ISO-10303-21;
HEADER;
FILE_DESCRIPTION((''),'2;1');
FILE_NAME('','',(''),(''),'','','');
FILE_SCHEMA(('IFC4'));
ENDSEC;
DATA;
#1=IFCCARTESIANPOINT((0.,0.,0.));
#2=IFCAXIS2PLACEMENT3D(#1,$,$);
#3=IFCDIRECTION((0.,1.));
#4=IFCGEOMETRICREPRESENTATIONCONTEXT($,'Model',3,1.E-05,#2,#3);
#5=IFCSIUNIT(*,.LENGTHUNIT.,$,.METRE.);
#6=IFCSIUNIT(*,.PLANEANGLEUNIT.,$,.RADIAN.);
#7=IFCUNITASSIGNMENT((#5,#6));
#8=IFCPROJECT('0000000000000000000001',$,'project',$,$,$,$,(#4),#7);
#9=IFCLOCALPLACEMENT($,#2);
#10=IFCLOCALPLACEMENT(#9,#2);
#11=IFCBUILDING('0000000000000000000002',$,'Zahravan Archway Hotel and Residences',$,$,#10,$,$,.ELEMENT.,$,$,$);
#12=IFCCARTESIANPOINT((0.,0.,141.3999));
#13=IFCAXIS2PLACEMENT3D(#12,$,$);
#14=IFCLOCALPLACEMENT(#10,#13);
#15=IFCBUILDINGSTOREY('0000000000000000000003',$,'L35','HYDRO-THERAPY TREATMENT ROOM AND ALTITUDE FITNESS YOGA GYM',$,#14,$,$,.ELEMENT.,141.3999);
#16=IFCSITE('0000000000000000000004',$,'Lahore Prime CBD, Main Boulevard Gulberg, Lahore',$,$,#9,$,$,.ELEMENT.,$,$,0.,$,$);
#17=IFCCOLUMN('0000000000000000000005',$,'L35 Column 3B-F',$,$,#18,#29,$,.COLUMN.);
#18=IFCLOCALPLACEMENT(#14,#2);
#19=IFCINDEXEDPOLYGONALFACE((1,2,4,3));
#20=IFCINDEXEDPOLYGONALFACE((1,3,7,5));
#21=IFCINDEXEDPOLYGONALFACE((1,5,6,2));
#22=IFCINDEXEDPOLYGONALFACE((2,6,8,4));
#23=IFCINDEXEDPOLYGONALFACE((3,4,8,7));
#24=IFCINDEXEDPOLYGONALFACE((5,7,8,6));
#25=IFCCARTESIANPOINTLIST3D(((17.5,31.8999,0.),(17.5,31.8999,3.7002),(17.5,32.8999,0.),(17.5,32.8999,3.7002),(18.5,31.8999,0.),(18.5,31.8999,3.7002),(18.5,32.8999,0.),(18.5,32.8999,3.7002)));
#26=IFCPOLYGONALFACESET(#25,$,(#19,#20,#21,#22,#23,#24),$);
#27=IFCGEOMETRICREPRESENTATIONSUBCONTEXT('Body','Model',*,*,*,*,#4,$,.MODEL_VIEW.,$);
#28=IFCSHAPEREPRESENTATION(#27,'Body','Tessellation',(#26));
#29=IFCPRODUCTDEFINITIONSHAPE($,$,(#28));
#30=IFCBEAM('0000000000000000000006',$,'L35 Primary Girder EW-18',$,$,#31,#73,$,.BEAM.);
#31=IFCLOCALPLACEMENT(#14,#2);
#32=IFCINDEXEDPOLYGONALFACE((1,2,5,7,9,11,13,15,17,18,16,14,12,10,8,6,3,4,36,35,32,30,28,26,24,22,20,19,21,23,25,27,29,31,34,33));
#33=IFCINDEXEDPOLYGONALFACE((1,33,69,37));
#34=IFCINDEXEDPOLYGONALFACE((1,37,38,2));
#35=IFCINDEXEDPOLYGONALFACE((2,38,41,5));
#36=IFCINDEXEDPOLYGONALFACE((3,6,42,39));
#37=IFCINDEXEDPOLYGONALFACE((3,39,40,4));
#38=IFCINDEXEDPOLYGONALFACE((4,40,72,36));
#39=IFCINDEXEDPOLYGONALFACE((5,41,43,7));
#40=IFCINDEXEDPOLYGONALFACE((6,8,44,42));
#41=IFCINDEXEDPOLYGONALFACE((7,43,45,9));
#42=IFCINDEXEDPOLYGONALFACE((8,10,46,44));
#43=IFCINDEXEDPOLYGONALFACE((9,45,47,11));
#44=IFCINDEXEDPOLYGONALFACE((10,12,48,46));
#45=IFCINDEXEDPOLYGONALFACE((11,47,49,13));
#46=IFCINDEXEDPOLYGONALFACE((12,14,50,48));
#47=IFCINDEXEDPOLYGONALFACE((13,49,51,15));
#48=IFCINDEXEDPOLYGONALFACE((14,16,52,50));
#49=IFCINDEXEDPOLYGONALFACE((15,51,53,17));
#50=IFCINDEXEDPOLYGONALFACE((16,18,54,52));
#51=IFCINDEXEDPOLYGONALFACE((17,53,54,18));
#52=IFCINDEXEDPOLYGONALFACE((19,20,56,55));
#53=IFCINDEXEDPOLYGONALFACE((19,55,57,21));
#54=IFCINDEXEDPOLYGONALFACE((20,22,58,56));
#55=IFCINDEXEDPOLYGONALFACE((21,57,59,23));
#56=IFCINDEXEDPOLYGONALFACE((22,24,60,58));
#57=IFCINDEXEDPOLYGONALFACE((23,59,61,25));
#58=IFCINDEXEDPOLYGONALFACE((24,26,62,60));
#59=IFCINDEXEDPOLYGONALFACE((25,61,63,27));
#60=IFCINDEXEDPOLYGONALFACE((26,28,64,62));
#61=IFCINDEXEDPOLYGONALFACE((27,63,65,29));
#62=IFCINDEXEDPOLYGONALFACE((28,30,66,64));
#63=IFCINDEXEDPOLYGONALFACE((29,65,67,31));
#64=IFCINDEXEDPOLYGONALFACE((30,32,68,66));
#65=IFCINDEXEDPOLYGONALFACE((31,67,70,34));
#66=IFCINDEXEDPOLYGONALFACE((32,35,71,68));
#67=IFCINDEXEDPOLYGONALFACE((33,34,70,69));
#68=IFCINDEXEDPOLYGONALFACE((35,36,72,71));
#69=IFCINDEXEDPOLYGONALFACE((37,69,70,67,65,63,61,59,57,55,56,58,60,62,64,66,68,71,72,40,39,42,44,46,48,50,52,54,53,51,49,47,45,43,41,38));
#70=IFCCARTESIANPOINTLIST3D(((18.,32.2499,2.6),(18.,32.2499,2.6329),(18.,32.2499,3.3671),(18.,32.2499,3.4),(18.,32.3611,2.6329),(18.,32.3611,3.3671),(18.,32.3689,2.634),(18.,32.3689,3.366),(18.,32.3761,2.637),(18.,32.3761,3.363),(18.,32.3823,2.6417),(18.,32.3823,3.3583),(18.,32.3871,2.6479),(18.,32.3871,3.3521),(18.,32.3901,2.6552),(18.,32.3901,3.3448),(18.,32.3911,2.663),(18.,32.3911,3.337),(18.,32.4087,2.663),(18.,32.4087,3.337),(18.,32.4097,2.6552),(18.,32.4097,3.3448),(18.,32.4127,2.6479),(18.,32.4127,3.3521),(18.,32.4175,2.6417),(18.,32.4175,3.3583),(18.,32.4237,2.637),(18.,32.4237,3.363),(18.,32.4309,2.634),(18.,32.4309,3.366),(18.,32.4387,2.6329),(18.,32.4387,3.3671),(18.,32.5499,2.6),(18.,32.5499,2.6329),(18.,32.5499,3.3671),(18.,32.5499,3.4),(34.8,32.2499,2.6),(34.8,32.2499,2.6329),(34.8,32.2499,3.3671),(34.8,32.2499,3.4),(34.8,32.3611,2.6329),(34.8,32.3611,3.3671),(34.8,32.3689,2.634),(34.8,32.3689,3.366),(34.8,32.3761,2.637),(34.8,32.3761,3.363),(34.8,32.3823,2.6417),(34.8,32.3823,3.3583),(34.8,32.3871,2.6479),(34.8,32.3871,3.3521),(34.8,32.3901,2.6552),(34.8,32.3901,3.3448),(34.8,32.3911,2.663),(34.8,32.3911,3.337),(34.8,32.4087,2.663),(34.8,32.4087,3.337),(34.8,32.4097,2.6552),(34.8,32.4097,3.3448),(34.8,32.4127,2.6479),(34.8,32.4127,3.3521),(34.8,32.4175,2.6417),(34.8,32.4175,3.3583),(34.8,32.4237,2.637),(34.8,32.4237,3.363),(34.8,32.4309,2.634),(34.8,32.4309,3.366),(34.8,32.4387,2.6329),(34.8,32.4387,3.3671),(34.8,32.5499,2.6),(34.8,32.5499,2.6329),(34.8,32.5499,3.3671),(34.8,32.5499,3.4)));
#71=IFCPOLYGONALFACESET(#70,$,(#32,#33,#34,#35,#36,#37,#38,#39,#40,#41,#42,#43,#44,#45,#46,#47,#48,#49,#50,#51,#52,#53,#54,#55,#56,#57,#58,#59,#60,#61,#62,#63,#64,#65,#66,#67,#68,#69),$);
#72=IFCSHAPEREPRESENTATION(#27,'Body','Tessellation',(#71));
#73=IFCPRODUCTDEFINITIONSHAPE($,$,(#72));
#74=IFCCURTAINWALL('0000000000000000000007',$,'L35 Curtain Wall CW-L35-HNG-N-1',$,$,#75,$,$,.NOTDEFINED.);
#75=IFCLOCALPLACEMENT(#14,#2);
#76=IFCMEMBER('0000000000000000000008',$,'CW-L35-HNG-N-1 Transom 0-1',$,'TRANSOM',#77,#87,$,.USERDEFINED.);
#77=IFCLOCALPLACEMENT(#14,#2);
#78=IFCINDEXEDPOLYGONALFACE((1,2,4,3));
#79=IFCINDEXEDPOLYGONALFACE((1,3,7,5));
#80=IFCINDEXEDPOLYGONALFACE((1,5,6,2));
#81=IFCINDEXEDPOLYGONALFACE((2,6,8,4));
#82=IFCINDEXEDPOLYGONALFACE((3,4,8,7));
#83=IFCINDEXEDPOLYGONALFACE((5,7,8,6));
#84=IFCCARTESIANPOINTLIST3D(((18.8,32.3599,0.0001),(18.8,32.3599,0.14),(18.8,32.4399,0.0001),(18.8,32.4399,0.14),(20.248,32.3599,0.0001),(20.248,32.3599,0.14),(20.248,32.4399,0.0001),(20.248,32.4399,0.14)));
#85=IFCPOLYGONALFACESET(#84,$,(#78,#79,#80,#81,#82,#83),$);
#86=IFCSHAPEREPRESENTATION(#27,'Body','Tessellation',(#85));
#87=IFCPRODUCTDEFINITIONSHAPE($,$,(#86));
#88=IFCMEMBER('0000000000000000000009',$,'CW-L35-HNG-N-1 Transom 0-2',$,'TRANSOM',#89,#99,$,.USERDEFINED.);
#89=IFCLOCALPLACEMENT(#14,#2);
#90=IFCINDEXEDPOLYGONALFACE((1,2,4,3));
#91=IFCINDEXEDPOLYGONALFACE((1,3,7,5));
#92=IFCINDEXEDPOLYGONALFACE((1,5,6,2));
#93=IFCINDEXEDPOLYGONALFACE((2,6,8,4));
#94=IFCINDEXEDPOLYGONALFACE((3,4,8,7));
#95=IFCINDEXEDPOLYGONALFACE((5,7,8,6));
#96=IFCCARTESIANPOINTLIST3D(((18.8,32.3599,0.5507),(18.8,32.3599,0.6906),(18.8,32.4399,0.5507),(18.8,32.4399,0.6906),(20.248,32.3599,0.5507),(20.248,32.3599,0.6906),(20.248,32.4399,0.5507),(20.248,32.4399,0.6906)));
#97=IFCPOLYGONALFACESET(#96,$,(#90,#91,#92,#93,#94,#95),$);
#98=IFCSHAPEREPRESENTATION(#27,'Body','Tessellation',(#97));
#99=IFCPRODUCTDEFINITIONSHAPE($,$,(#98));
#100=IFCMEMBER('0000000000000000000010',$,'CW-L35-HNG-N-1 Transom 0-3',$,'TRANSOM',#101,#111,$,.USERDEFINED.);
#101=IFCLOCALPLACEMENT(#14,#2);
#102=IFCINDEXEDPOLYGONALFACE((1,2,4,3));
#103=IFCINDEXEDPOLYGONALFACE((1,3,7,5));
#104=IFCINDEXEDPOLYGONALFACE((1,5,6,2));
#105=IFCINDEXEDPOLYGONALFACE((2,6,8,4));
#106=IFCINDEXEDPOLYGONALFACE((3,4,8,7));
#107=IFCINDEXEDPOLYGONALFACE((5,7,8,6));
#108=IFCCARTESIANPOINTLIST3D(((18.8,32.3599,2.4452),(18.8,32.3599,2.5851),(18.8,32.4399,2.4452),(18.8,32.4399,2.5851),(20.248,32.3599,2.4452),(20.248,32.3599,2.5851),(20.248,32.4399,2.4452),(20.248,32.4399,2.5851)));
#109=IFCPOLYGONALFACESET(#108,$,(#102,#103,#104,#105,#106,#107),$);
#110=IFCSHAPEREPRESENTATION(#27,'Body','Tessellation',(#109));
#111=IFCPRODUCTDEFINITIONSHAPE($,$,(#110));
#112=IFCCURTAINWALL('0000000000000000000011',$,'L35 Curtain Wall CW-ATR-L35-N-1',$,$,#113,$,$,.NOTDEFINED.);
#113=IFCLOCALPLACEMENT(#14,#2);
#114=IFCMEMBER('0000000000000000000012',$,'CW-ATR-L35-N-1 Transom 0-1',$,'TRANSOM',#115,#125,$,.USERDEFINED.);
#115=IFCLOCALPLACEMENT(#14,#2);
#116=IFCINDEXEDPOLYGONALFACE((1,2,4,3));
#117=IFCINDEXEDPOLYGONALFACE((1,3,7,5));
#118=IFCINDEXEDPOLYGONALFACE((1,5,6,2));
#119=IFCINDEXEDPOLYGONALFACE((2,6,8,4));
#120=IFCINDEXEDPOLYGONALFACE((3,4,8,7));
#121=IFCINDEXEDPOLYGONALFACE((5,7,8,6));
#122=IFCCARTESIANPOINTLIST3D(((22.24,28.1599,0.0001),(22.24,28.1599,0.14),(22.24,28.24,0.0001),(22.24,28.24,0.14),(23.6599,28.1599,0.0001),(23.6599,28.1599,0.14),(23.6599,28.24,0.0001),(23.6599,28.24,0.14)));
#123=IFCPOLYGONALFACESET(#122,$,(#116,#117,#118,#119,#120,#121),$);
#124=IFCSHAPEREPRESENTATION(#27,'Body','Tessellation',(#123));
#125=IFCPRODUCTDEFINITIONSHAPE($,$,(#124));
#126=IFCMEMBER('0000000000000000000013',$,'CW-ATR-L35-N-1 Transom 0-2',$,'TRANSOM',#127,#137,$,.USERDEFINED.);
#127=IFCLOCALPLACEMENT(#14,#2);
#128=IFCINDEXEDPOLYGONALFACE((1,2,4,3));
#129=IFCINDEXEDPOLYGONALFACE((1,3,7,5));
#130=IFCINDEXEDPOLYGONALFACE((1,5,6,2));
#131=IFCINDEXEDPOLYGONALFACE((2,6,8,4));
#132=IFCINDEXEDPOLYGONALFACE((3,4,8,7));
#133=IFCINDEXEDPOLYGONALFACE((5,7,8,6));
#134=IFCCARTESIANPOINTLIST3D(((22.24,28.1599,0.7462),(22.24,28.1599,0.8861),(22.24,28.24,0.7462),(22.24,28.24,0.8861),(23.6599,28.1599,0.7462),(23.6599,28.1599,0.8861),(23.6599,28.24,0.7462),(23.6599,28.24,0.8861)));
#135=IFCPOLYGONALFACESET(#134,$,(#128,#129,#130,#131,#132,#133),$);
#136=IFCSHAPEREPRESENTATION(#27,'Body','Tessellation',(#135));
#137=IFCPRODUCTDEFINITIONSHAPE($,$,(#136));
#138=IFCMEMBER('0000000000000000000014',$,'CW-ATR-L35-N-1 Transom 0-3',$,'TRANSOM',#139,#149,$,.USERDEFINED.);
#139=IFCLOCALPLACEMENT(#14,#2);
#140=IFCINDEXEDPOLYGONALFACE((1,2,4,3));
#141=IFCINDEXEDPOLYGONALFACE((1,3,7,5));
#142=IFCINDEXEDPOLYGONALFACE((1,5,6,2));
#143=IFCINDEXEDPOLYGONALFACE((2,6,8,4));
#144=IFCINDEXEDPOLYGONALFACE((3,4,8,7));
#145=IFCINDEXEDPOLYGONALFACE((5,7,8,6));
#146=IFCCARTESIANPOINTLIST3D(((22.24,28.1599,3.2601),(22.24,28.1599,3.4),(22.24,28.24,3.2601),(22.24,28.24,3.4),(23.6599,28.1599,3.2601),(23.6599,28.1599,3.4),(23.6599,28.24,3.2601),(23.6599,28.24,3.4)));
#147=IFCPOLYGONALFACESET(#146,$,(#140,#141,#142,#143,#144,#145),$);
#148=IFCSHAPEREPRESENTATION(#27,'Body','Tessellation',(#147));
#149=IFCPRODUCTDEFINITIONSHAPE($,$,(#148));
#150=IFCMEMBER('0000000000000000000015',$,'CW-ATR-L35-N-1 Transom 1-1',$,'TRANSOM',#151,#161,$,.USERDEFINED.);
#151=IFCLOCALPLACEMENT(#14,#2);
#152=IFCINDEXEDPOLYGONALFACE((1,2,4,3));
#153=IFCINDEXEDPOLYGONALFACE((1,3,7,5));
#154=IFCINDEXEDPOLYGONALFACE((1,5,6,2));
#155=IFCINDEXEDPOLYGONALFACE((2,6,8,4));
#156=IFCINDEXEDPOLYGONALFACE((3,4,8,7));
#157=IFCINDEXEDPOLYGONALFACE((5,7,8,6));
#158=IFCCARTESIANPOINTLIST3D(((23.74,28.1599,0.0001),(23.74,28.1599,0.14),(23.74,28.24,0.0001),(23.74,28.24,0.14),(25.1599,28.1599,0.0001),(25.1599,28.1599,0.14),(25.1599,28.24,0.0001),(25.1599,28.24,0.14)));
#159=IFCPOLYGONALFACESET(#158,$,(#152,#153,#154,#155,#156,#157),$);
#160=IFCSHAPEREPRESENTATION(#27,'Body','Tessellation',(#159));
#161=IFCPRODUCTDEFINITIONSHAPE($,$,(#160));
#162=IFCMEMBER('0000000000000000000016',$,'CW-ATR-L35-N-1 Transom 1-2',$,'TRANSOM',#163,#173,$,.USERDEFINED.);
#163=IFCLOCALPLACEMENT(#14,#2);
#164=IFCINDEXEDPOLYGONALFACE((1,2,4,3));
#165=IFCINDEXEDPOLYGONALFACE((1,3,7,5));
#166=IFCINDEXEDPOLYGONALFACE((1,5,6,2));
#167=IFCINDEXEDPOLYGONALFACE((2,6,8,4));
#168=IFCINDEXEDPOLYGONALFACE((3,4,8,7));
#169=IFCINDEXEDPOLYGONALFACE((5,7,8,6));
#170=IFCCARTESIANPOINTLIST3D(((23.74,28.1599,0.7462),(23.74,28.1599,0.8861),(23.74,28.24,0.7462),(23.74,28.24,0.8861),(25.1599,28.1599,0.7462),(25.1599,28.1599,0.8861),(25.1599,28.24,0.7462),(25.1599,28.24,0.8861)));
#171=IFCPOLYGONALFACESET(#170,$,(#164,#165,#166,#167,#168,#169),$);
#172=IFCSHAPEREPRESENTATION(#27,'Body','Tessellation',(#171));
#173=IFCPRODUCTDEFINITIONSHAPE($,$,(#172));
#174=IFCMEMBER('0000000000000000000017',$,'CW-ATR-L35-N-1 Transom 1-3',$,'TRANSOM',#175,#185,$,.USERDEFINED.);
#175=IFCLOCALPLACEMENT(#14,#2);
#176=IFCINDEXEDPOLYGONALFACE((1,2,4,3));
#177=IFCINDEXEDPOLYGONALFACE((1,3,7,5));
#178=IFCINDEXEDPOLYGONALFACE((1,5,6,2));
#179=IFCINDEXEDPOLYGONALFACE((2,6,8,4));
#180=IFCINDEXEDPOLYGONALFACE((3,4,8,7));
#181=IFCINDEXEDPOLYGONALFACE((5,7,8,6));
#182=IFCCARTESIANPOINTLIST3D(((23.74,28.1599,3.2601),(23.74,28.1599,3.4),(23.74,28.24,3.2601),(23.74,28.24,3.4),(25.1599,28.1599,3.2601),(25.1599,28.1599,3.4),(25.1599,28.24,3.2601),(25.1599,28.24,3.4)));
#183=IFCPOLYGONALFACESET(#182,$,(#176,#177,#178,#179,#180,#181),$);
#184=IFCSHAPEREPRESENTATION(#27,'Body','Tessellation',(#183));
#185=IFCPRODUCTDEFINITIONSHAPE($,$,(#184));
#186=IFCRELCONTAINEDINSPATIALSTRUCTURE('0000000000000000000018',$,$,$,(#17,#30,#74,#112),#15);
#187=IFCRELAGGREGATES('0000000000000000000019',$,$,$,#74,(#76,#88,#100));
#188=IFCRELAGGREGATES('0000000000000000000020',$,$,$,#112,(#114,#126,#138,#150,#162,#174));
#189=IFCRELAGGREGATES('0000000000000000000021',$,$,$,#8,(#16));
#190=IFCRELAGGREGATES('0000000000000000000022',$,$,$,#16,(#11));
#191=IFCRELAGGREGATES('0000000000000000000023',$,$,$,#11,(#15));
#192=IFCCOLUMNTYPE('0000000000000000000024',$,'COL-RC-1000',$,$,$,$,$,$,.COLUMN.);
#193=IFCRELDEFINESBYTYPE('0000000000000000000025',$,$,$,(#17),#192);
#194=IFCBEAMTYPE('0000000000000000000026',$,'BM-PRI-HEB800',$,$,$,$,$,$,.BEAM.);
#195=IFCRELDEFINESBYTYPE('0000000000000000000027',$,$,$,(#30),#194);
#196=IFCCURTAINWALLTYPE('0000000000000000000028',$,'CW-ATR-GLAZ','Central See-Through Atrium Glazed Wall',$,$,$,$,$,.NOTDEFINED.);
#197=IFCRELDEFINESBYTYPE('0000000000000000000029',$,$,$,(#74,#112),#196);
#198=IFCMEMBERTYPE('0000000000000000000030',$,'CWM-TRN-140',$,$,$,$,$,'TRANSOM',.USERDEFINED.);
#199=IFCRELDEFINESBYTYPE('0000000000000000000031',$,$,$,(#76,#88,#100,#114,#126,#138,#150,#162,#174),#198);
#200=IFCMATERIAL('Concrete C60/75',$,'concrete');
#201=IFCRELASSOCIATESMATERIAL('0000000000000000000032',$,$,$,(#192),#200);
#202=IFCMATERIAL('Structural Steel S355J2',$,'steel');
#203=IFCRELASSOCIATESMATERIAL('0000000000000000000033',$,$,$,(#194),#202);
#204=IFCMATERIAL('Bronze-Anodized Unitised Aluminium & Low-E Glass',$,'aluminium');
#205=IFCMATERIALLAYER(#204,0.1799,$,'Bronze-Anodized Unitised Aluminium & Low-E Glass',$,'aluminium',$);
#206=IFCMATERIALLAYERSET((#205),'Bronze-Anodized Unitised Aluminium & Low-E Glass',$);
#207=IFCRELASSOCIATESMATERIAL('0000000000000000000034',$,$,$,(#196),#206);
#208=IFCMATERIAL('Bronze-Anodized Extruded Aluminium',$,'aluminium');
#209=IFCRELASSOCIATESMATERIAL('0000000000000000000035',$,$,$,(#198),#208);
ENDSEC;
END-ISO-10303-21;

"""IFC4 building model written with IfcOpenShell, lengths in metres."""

from ifc_helpers import new_model, si_unit, direction, frame, origin, origin_2d, place, context, subcontext, project, spatial, rectangle, i_section, extrude, source, transform, mapped, material, layer, layer_set, material_profile, profile_set, type_object, type_shapes, element, aggregate, save


model = new_model("IFC4")

# Units and contexts
model_context = context("Model", 3, precision=1e-05, world=origin(), true_north=direction((0.0, 1.0)))
body_context = subcontext(model_context, "Body", "Model", "MODEL_VIEW")
ifc_project = project(units=[si_unit("LENGTHUNIT", "METRE"), si_unit("PLANEANGLEUNIT", "RADIAN")], contexts=[model_context])

# Site, building, storey
site_placement = place(None, origin())
site = spatial("IfcSite", under=ifc_project, at=site_placement, Name="Lahore Prime CBD, Main Boulevard Gulberg, Lahore", CompositionType="ELEMENT", RefElevation=0.0)
building_placement = place(site_placement, origin())
building = spatial("IfcBuilding", under=site, at=building_placement, Name="Zahravan Archway Hotel and Residences", CompositionType="ELEMENT")
storey_placement = place(building_placement, frame((0.0, 0.0, 141.3999)))
storey = spatial("IfcBuildingStorey", under=building, at=storey_placement, Name="L35", Description="HYDRO-THERAPY TREATMENT ROOM AND ALTITUDE FITNESS YOGA GYM", CompositionType="ELEMENT", Elevation=141.3999)

# Column
ifc_material_1 = material(Name="Concrete C60/75", Category="concrete")
ifc_material_profile_1 = material_profile(ifc_material_1, rectangle(XDim=1.0, YDim=1.0, at=origin_2d()), Name="RC-COL-1000x1000", Category="concrete")
ifc_profile_set_1 = profile_set([ifc_material_profile_1], Name="Concrete C60/75")
column_type = type_object("IfcColumnType", Name="COL-RC-1000", PredefinedType="COLUMN", material=ifc_profile_set_1)
shared_shape_1 = source(origin(), body_context, "Body", "SweptSolid", [
    extrude(rectangle(XDim=1.0, YDim=1.0, at=origin_2d()), origin(), (0.0, 0.0, 1.0), 3.7002),
])
column_placement = place(storey_placement, frame((18.0, 32.3999, 0.0), z_axis=(0.0, 0.0, 1.0), x_axis=(1.0, 0.0, 0.0)))
element("IfcColumn", 1, at=column_placement, inside=storey, type_object=column_type, Name="L35 Column 3B-F", PredefinedType="COLUMN", context=body_context, shape_type="MappedRepresentation", body=[
    mapped(shared_shape_1, transform((0.0, 0.0, 0.0), scale=1.0)),
])

# Beam
ifc_material_2 = material(Name="Structural Steel S355J2", Category="steel")
ifc_material_profile_2 = material_profile(ifc_material_2, i_section(OverallWidth=0.3, OverallDepth=0.8, WebThickness=0.0176, FlangeThickness=0.033, FilletRadius=0.03, at=origin_2d()), Name="HEB 800", Category="steel")
ifc_profile_set_2 = profile_set([ifc_material_profile_2], Name="Structural Steel S355J2")
beam_type = type_object("IfcBeamType", Name="BM-PRI-HEB800", PredefinedType="BEAM", material=ifc_profile_set_2)
shared_shape_2 = source(origin(), body_context, "Body", "SweptSolid", [
    extrude(i_section(OverallWidth=0.3, OverallDepth=0.8, WebThickness=0.0176, FlangeThickness=0.033, FilletRadius=0.03, at=origin_2d()), origin(), (0.0, 0.0, 1.0), 16.8),
])
type_shapes(beam_type, [shared_shape_2])
beam_placement = place(storey_placement, frame((18.0, 32.3999, 3.0), z_axis=(1.0, 0.0, 0.0), x_axis=(0.0, 1.0, 0.0)))
element("IfcBeam", 2, at=beam_placement, inside=storey, type_object=beam_type, Name="L35 Primary Girder EW-18", PredefinedType="BEAM", context=body_context, shape_type="MappedRepresentation", body=[
    mapped(shared_shape_2, transform((0.0, 0.0, 0.0), scale=1.0)),
])

# Curtain walls, members
ifc_material_3 = material(Name="Bronze-Anodized Unitised Aluminium & Low-E Glass", Category="aluminium")
ifc_layer_1 = layer(ifc_material_3, 0.1799, Name="Bronze-Anodized Unitised Aluminium & Low-E Glass", Category="aluminium")
ifc_layer_set_1 = layer_set([ifc_layer_1], Name="Bronze-Anodized Unitised Aluminium & Low-E Glass")
curtain_wall_type = type_object("IfcCurtainWallType", Name="CW-ATR-GLAZ", Description="Central See-Through Atrium Glazed Wall", PredefinedType="NOTDEFINED", material=ifc_layer_set_1)
curtain_wall_1_placement = place(storey_placement, origin())
curtain_wall_1 = element("IfcCurtainWall", 3, at=curtain_wall_1_placement, inside=storey, type_object=curtain_wall_type, Name="L35 Curtain Wall CW-L35-HNG-N-1", PredefinedType="NOTDEFINED")
ifc_material_4 = material(Name="Bronze-Anodized Extruded Aluminium", Category="aluminium")
ifc_material_profile_3 = material_profile(ifc_material_4, rectangle(XDim=0.0801, YDim=0.1399, at=origin_2d()), Name="TRN 80x140", Category="aluminium")
ifc_profile_set_3 = profile_set([ifc_material_profile_3], Name="Bronze-Anodized Extruded Aluminium")
member_type_1 = type_object("IfcMemberType", Name="CWM-TRN-140", ElementType="TRANSOM", PredefinedType="USERDEFINED", material=ifc_profile_set_3)
shared_shape_3 = source(origin(), body_context, "Body", "SweptSolid", [
    extrude(rectangle(XDim=0.0801, YDim=0.1399, at=origin_2d()), origin(), (0.0, 0.0, 1.0), 1.448),
])
member_1_placement = place(storey_placement, frame((18.8, 32.3999, 0.0701), z_axis=(1.0, 0.0, 0.0), x_axis=(0.0, 1.0, 0.0)))
member_1 = element("IfcMember", 4, at=member_1_placement, type_object=member_type_1, Name="CW-L35-HNG-N-1 Transom 0-1", ObjectType="TRANSOM", PredefinedType="USERDEFINED", context=body_context, shape_type="MappedRepresentation", body=[
    mapped(shared_shape_3, transform((0.0, 0.0, 0.0), scale=1.0)),
])
member_2_placement = place(storey_placement, frame((18.8, 32.3999, 0.6206), z_axis=(1.0, 0.0, 0.0), x_axis=(0.0, 1.0, 0.0)))
member_2 = element("IfcMember", 5, at=member_2_placement, type_object=member_type_1, Name="CW-L35-HNG-N-1 Transom 0-2", ObjectType="TRANSOM", PredefinedType="USERDEFINED", context=body_context, shape_type="MappedRepresentation", body=[
    mapped(shared_shape_3, transform((0.0, 0.0, 0.0), scale=1.0)),
])
member_3_placement = place(storey_placement, frame((18.8, 32.3999, 2.5151), z_axis=(1.0, 0.0, 0.0), x_axis=(0.0, 1.0, 0.0)))
member_3 = element("IfcMember", 6, at=member_3_placement, type_object=member_type_1, Name="CW-L35-HNG-N-1 Transom 0-3", ObjectType="TRANSOM", PredefinedType="USERDEFINED", context=body_context, shape_type="MappedRepresentation", body=[
    mapped(shared_shape_3, transform((0.0, 0.0, 0.0), scale=1.0)),
])
curtain_wall_2_placement = place(storey_placement, origin())
curtain_wall_2 = element("IfcCurtainWall", 7, at=curtain_wall_2_placement, inside=storey, type_object=curtain_wall_type, Name="L35 Curtain Wall CW-ATR-L35-N-1", PredefinedType="NOTDEFINED")
shared_shape_4 = source(origin(), body_context, "Body", "SweptSolid", [
    extrude(rectangle(XDim=0.0801, YDim=0.1399, at=origin_2d()), origin(), (0.0, 0.0, 1.0), 1.4199),
])
member_4_placement = place(storey_placement, frame((22.24, 28.2, 0.0701), z_axis=(1.0, 0.0, 0.0), x_axis=(0.0, 1.0, 0.0)))
member_4 = element("IfcMember", 8, at=member_4_placement, type_object=member_type_1, Name="CW-ATR-L35-N-1 Transom 0-1", ObjectType="TRANSOM", PredefinedType="USERDEFINED", context=body_context, shape_type="MappedRepresentation", body=[
    mapped(shared_shape_4, transform((0.0, 0.0, 0.0), scale=1.0)),
])
member_5_placement = place(storey_placement, frame((22.24, 28.2, 0.8162), z_axis=(1.0, 0.0, 0.0), x_axis=(0.0, 1.0, 0.0)))
member_5 = element("IfcMember", 9, at=member_5_placement, type_object=member_type_1, Name="CW-ATR-L35-N-1 Transom 0-2", ObjectType="TRANSOM", PredefinedType="USERDEFINED", context=body_context, shape_type="MappedRepresentation", body=[
    mapped(shared_shape_4, transform((0.0, 0.0, 0.0), scale=1.0)),
])
member_6_placement = place(storey_placement, frame((22.24, 28.2, 3.3301), z_axis=(1.0, 0.0, 0.0), x_axis=(0.0, 1.0, 0.0)))
member_6 = element("IfcMember", 10, at=member_6_placement, type_object=member_type_1, Name="CW-ATR-L35-N-1 Transom 0-3", ObjectType="TRANSOM", PredefinedType="USERDEFINED", context=body_context, shape_type="MappedRepresentation", body=[
    mapped(shared_shape_4, transform((0.0, 0.0, 0.0), scale=1.0)),
])
member_7_placement = place(storey_placement, frame((23.74, 28.2, 0.0701), z_axis=(1.0, 0.0, 0.0), x_axis=(0.0, 1.0, 0.0)))
member_7 = element("IfcMember", 11, at=member_7_placement, type_object=member_type_1, Name="CW-ATR-L35-N-1 Transom 1-1", ObjectType="TRANSOM", PredefinedType="USERDEFINED", context=body_context, shape_type="MappedRepresentation", body=[
    mapped(shared_shape_4, transform((0.0, 0.0, 0.0), scale=1.0)),
])
member_8_placement = place(storey_placement, frame((23.74, 28.2, 0.8162), z_axis=(1.0, 0.0, 0.0), x_axis=(0.0, 1.0, 0.0)))
member_8 = element("IfcMember", 12, at=member_8_placement, type_object=member_type_1, Name="CW-ATR-L35-N-1 Transom 1-2", ObjectType="TRANSOM", PredefinedType="USERDEFINED", context=body_context, shape_type="MappedRepresentation", body=[
    mapped(shared_shape_4, transform((0.0, 0.0, 0.0), scale=1.0)),
])
member_9_placement = place(storey_placement, frame((23.74, 28.2, 3.3301), z_axis=(1.0, 0.0, 0.0), x_axis=(0.0, 1.0, 0.0)))
member_9 = element("IfcMember", 13, at=member_9_placement, type_object=member_type_1, Name="CW-ATR-L35-N-1 Transom 1-3", ObjectType="TRANSOM", PredefinedType="USERDEFINED", context=body_context, shape_type="MappedRepresentation", body=[
    mapped(shared_shape_4, transform((0.0, 0.0, 0.0), scale=1.0)),
])

aggregate(curtain_wall_1, [member_1, member_2, member_3])
aggregate(curtain_wall_2, [member_4, member_5, member_6, member_7, member_8, member_9])

save(model, "model.ifc")
